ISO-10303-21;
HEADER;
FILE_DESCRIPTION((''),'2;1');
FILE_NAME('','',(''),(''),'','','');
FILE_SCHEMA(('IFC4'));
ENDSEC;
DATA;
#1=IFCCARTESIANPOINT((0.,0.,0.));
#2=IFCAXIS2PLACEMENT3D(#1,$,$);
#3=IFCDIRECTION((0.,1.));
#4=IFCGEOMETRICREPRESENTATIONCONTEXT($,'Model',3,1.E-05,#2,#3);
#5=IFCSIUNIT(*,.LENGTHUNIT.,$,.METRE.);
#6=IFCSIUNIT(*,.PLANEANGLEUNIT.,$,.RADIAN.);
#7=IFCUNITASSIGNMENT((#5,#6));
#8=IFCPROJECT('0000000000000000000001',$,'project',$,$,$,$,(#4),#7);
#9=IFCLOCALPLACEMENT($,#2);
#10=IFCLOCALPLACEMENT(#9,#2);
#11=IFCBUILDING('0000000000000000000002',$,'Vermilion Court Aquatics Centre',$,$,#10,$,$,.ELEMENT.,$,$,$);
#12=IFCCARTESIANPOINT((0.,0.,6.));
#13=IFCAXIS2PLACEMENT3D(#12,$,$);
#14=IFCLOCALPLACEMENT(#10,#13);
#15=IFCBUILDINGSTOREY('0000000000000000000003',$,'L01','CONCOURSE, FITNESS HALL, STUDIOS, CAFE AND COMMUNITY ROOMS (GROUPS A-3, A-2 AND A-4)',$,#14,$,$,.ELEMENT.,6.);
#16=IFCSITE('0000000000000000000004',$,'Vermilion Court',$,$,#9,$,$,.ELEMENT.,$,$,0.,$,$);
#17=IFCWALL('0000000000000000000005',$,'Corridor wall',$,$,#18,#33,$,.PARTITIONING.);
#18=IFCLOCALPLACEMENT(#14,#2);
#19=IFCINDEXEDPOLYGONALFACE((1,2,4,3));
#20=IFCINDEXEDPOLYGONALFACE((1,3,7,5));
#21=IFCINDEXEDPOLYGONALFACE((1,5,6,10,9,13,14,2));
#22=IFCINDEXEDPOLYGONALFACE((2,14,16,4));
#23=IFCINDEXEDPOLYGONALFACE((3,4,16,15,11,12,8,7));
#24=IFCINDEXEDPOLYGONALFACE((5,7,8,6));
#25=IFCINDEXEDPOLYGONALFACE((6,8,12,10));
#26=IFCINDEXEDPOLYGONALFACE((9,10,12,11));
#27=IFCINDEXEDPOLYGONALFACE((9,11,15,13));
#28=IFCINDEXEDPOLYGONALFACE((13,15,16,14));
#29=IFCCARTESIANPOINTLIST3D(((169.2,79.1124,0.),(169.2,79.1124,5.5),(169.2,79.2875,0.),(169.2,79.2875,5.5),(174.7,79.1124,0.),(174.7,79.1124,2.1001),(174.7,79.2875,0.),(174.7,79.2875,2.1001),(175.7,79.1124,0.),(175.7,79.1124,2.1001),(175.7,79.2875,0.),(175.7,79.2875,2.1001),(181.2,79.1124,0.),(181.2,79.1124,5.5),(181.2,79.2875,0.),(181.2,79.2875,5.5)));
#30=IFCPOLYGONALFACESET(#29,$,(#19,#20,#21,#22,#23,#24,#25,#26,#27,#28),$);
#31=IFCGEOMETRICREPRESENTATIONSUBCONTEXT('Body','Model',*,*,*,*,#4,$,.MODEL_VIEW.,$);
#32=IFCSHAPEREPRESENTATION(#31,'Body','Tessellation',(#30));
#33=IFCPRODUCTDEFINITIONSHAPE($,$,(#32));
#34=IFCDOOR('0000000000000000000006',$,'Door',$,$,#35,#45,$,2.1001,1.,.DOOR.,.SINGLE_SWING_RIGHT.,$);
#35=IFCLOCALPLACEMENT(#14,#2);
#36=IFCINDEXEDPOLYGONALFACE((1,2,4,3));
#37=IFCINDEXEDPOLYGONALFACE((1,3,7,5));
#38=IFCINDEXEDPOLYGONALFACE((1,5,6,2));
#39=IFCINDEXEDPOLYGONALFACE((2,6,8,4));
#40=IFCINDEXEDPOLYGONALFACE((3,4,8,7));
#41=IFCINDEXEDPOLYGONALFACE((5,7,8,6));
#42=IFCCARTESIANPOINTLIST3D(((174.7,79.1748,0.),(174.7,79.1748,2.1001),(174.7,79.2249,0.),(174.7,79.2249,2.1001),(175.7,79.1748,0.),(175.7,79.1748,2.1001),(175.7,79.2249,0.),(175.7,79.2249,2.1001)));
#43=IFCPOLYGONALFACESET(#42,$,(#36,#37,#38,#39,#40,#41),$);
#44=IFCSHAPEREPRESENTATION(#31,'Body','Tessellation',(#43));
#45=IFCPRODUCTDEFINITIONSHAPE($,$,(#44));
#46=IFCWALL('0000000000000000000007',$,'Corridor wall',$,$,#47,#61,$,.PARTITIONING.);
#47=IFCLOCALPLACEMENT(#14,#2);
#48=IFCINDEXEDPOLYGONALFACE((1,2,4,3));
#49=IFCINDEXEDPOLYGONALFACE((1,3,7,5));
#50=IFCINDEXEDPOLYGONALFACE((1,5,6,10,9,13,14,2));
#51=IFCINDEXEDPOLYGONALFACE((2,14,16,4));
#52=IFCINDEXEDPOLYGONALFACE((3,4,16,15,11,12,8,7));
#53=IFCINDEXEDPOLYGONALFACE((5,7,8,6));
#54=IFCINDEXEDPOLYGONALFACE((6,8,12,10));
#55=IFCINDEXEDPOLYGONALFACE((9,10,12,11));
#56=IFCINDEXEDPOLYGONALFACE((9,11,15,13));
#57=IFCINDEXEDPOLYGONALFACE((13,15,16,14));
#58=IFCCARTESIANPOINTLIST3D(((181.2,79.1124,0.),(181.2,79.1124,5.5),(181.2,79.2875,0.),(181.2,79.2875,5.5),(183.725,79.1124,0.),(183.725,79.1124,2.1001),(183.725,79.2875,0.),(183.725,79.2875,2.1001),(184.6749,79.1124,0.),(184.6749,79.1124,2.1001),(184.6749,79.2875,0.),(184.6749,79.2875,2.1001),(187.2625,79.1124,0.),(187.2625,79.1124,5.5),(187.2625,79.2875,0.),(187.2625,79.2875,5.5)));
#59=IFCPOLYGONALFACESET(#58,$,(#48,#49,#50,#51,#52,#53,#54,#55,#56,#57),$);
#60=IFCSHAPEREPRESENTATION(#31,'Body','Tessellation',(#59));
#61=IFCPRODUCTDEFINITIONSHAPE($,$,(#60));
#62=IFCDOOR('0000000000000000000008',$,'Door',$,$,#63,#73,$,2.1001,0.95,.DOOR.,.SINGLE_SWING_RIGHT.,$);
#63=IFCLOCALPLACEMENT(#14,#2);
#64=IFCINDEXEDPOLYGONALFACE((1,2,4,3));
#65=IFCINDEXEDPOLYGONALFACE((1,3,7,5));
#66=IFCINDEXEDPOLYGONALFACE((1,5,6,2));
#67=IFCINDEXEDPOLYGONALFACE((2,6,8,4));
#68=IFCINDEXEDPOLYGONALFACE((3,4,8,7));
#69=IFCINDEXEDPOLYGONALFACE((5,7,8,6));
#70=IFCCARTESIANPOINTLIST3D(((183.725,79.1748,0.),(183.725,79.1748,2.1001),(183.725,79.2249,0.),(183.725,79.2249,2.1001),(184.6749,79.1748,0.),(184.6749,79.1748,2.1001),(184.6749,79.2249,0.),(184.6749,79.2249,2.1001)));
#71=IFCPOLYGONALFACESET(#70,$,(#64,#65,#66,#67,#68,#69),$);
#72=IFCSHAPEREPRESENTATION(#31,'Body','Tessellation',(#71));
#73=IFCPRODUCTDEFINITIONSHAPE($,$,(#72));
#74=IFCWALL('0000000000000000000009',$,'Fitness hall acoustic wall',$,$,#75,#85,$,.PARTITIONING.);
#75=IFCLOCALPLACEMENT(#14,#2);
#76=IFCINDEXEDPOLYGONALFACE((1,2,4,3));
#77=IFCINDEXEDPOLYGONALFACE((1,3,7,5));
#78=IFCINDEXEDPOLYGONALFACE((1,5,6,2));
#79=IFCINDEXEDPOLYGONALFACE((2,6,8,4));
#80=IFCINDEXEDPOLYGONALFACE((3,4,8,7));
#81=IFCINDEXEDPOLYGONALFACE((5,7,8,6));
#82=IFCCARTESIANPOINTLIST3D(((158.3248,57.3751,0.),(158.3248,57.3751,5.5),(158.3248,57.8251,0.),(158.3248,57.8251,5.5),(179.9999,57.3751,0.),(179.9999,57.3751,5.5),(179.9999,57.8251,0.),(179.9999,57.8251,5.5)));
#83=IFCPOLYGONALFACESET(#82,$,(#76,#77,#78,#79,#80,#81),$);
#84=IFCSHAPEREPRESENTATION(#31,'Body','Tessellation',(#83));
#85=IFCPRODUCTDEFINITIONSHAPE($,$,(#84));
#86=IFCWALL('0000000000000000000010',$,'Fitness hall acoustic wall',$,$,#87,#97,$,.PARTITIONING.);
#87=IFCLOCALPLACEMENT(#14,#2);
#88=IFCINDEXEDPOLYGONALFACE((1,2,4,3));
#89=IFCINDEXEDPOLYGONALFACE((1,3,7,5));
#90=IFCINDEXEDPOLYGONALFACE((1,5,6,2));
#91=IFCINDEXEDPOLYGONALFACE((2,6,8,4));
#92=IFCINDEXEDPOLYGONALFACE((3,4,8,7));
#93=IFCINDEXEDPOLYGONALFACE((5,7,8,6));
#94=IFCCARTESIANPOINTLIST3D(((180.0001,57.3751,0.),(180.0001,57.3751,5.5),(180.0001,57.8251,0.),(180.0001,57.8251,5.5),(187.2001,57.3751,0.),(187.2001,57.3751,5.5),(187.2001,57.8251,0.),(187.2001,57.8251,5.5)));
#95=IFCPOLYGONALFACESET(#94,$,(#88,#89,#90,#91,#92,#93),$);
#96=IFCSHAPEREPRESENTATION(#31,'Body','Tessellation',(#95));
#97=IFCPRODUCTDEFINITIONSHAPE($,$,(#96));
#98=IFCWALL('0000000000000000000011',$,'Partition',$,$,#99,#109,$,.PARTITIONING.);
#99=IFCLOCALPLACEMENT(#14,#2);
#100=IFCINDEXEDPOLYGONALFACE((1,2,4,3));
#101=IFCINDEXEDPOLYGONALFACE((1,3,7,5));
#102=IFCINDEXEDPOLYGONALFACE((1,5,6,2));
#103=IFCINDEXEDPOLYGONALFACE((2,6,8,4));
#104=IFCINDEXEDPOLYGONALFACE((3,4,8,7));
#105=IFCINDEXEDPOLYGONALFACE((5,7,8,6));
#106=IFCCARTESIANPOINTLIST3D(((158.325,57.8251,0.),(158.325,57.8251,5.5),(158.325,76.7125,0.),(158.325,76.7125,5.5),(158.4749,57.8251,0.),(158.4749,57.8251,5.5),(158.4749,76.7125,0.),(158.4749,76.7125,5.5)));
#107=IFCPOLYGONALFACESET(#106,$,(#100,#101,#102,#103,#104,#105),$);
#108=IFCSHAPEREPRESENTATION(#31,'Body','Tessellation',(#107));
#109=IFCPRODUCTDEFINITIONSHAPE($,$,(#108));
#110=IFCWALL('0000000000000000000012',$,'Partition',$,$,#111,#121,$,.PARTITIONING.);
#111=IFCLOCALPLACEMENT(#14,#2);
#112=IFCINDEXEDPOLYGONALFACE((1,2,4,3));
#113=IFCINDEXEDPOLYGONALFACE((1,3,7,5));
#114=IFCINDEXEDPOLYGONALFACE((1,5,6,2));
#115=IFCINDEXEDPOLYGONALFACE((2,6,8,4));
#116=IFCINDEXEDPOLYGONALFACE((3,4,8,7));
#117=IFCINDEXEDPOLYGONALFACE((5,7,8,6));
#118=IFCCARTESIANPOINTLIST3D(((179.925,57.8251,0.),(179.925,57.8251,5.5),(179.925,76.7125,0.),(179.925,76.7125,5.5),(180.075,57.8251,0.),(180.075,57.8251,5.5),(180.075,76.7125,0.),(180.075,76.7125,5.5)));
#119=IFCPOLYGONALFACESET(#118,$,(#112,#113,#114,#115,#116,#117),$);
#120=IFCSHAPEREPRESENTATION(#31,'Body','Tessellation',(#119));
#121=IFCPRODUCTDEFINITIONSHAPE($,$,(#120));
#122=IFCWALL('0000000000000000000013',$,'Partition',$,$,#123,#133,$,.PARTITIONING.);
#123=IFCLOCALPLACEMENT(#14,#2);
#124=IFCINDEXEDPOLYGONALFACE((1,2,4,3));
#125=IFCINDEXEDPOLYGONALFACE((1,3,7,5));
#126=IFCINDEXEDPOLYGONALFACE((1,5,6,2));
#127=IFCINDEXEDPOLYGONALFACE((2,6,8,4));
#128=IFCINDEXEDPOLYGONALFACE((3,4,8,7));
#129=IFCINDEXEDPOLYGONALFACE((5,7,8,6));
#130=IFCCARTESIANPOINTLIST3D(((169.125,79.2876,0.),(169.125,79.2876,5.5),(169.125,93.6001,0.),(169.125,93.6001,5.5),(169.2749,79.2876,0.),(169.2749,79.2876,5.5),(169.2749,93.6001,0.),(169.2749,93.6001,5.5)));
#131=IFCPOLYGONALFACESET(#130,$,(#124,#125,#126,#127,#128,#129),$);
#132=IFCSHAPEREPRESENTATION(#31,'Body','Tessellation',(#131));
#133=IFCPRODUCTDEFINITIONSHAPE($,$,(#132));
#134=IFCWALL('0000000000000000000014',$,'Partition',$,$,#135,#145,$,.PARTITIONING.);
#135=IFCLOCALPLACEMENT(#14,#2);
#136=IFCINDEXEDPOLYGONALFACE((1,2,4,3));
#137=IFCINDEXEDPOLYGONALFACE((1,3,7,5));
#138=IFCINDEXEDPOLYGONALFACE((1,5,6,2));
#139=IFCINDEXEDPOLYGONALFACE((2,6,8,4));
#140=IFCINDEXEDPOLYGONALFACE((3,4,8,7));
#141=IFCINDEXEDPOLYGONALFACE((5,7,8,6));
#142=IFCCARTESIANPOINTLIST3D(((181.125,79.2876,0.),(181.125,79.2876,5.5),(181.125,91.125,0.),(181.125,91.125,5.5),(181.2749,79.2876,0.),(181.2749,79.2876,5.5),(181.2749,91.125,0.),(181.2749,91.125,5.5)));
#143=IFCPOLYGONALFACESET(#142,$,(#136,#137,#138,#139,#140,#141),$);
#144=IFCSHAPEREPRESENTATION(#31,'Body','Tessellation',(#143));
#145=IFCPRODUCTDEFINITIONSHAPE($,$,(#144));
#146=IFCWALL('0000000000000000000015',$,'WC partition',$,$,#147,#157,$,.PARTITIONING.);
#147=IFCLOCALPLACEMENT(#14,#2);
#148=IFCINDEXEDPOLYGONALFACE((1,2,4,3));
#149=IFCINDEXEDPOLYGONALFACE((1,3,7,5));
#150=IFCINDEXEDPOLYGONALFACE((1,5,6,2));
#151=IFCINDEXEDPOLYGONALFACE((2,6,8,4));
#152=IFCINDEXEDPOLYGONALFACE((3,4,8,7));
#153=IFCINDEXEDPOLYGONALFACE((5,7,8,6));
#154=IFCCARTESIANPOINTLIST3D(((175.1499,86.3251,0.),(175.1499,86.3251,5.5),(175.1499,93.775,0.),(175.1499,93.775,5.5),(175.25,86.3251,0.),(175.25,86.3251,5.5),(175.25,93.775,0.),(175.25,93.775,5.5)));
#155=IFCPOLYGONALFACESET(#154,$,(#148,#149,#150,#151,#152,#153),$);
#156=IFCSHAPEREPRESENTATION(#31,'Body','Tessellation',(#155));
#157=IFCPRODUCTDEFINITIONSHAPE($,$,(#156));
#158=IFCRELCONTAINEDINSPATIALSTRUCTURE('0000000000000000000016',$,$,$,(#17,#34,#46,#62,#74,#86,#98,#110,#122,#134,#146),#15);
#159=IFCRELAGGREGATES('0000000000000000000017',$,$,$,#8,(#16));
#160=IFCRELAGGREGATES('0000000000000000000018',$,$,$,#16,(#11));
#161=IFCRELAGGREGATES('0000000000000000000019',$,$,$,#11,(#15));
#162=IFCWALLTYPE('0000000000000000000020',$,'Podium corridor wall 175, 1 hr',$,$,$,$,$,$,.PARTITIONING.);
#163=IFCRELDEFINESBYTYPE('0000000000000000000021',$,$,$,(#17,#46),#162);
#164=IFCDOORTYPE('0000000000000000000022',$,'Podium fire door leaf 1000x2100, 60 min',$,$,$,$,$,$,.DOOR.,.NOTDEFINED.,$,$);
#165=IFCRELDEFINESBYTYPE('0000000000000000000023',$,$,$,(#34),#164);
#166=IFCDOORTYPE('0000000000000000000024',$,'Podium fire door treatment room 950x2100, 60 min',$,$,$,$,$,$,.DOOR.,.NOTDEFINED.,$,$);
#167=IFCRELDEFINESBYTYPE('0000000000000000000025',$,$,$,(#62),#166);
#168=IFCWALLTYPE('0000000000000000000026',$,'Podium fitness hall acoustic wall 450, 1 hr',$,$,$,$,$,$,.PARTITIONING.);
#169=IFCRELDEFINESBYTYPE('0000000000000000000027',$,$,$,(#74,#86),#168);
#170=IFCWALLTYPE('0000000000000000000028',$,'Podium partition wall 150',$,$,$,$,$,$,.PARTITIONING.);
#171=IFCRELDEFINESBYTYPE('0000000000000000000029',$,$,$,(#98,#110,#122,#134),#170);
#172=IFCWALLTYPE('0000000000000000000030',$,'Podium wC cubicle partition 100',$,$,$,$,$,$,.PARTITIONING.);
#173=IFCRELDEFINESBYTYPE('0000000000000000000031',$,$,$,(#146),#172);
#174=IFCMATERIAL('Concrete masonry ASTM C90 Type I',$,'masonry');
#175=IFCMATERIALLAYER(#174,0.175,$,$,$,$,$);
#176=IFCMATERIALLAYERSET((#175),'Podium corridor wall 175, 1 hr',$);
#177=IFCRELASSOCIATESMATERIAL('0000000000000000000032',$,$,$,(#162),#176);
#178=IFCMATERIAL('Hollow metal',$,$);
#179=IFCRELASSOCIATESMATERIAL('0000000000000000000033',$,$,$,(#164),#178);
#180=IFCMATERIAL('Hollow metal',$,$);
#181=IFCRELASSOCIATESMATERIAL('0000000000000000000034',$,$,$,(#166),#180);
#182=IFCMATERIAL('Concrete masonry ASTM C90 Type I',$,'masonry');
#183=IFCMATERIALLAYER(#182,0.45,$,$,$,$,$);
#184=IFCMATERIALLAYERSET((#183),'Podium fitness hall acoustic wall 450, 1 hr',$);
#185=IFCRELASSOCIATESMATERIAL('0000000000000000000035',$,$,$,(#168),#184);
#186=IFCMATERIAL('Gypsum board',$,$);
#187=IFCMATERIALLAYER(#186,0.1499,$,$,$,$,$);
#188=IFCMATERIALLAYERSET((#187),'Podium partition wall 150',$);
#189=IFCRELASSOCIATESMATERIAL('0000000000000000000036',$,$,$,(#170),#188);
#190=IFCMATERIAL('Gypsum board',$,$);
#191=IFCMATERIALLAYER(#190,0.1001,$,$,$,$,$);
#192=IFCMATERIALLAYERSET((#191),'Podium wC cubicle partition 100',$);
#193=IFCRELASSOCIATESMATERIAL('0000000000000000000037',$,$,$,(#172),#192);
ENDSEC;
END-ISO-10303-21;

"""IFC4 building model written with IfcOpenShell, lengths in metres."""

from ifc_helpers import new_model, si_unit, direction, frame, frame_2d, origin, place, context, subcontext, project, spatial, rectangle, extrude, material, layer, layer_set, type_object, element, fill, save


model = new_model("IFC4")

# Units and contexts
model_context = context("Model", 3, precision=1e-05, world=origin(), true_north=direction((0.0, 1.0)))
body_context = subcontext(model_context, "Body", "Model", "MODEL_VIEW")
ifc_project = project(units=[si_unit("LENGTHUNIT", "METRE"), si_unit("PLANEANGLEUNIT", "RADIAN")], contexts=[model_context])

# Site, building, storey
site_placement = place(None, origin())
site = spatial("IfcSite", under=ifc_project, at=site_placement, Name="Vermilion Court", CompositionType="ELEMENT", RefElevation=0.0)
building_placement = place(site_placement, origin())
building = spatial("IfcBuilding", under=site, at=building_placement, Name="Vermilion Court Aquatics Centre", CompositionType="ELEMENT")
storey_placement = place(building_placement, frame((0.0, 0.0, 6.0)))
storey = spatial("IfcBuildingStorey", under=building, at=storey_placement, Name="L01", Description="CONCOURSE, FITNESS HALL, STUDIOS, CAFE AND COMMUNITY ROOMS (GROUPS A-3, A-2 AND A-4)", CompositionType="ELEMENT", Elevation=6.0)

# Walls, openings, doors
ifc_material_1 = material(Name="Concrete masonry ASTM C90 Type I", Category="masonry")
ifc_layer_1 = layer(ifc_material_1, 0.175)
ifc_layer_set_1 = layer_set([ifc_layer_1], Name="Podium corridor wall 175, 1 hr")
wall_type_1 = type_object("IfcWallType", Name="Podium corridor wall 175, 1 hr", PredefinedType="PARTITIONING", material=ifc_layer_set_1)
ifc_material_2 = material(Name="Hollow metal")
door_type_1 = type_object("IfcDoorType", Name="Podium fire door leaf 1000x2100, 60 min", OperationType="NOTDEFINED", PredefinedType="DOOR", material=ifc_material_2)
wall_1_placement = place(storey_placement, frame((169.2, 79.2, 0.0), z_axis=(0.0, 0.0, 1.0), x_axis=(1.0, 0.0, 0.0)))
wall_1 = element("IfcWall", 1, at=wall_1_placement, inside=storey, type_object=wall_type_1, Name="Corridor wall", PredefinedType="PARTITIONING", context=body_context, shape_type="SweptSolid", body=[
    extrude(rectangle(XDim=12.0, YDim=0.175, at=frame_2d((6.0, 0.0))), origin(), (0.0, 0.0, 1.0), 5.5),
])
opening_1_placement = place(wall_1_placement, frame((5.5, 0.0, 0.0)))
opening_1 = element("IfcOpeningElement", 2, at=opening_1_placement, cuts=wall_1, PredefinedType="OPENING", context=body_context, shape_type="SweptSolid", body=[
    extrude(rectangle(XDim=1.0, YDim=2.1001, at=frame_2d((0.5, 1.05))), frame((0.0, 0.0974, 0.0), z_axis=(0.0, -1.0, 0.0), x_axis=(1.0, 0.0, 0.0)), (0.0, 0.0, 1.0), 0.1951),
])
door_1_placement = place(opening_1_placement, origin())
door_1 = element("IfcDoor", 3, at=door_1_placement, inside=storey, type_object=door_type_1, Name="Door", OperationType="SINGLE_SWING_RIGHT", OverallHeight=2.1001, OverallWidth=1.0, PredefinedType="DOOR", context=body_context, shape_type="SweptSolid", body=[
    extrude(rectangle(XDim=1.0, YDim=2.1001, at=frame_2d((0.5, 1.05))), frame((0.0, 0.0249, 0.0), z_axis=(0.0, -1.0, 0.0), x_axis=(1.0, 0.0, 0.0)), (0.0, 0.0, 1.0), 0.05),
])
fill(opening_1, door_1)
wall_2_placement = place(storey_placement, frame((181.2, 79.2, 0.0), z_axis=(0.0, 0.0, 1.0), x_axis=(1.0, 0.0, 0.0)))
wall_2 = element("IfcWall", 4, at=wall_2_placement, inside=storey, type_object=wall_type_1, Name="Corridor wall", PredefinedType="PARTITIONING", context=body_context, shape_type="SweptSolid", body=[
    extrude(rectangle(XDim=6.0625, YDim=0.175, at=frame_2d((3.0312, 0.0))), origin(), (0.0, 0.0, 1.0), 5.5),
])
opening_2_placement = place(wall_2_placement, frame((2.5249, 0.0, 0.0)))
opening_2 = element("IfcOpeningElement", 5, at=opening_2_placement, cuts=wall_2, PredefinedType="OPENING", context=body_context, shape_type="SweptSolid", body=[
    extrude(rectangle(XDim=0.95, YDim=2.1001, at=frame_2d((0.4751, 1.05))), frame((0.0, 0.0974, 0.0), z_axis=(0.0, -1.0, 0.0), x_axis=(1.0, 0.0, 0.0)), (0.0, 0.0, 1.0), 0.1951),
])
ifc_material_3 = material(Name="Hollow metal")
door_type_2 = type_object("IfcDoorType", Name="Podium fire door treatment room 950x2100, 60 min", OperationType="NOTDEFINED", PredefinedType="DOOR", material=ifc_material_3)
door_2_placement = place(opening_2_placement, origin())
door_2 = element("IfcDoor", 6, at=door_2_placement, inside=storey, type_object=door_type_2, Name="Door", OperationType="SINGLE_SWING_RIGHT", OverallHeight=2.1001, OverallWidth=0.95, PredefinedType="DOOR", context=body_context, shape_type="SweptSolid", body=[
    extrude(rectangle(XDim=0.95, YDim=2.1001, at=frame_2d((0.4751, 1.05))), frame((0.0, 0.0249, 0.0), z_axis=(0.0, -1.0, 0.0), x_axis=(1.0, 0.0, 0.0)), (0.0, 0.0, 1.0), 0.05),
])
fill(opening_2, door_2)

# Walls
ifc_material_4 = material(Name="Concrete masonry ASTM C90 Type I", Category="masonry")
ifc_layer_2 = layer(ifc_material_4, 0.45)
ifc_layer_set_2 = layer_set([ifc_layer_2], Name="Podium fitness hall acoustic wall 450, 1 hr")
wall_type_2 = type_object("IfcWallType", Name="Podium fitness hall acoustic wall 450, 1 hr", PredefinedType="PARTITIONING", material=ifc_layer_set_2)
wall_3_placement = place(storey_placement, frame((158.325, 57.6001, 0.0), z_axis=(0.0, 0.0, 1.0), x_axis=(1.0, 0.0, 0.0)))
element("IfcWall", 7, at=wall_3_placement, inside=storey, type_object=wall_type_2, Name="Fitness hall acoustic wall", PredefinedType="PARTITIONING", context=body_context, shape_type="SweptSolid", body=[
    extrude(rectangle(XDim=21.675, YDim=0.45, at=frame_2d((10.8374, 0.0))), origin(), (0.0, 0.0, 1.0), 5.5),
])
wall_4_placement = place(storey_placement, frame((180.0, 57.6001, 0.0), z_axis=(0.0, 0.0, 1.0), x_axis=(1.0, 0.0, 0.0)))
element("IfcWall", 8, at=wall_4_placement, inside=storey, type_object=wall_type_2, Name="Fitness hall acoustic wall", PredefinedType="PARTITIONING", context=body_context, shape_type="SweptSolid", body=[
    extrude(rectangle(XDim=7.2, YDim=0.45, at=frame_2d((3.6001, 0.0))), origin(), (0.0, 0.0, 1.0), 5.5),
])
ifc_material_5 = material(Name="Gypsum board")
ifc_layer_3 = layer(ifc_material_5, 0.1499)
ifc_layer_set_3 = layer_set([ifc_layer_3], Name="Podium partition wall 150")
wall_type_3 = type_object("IfcWallType", Name="Podium partition wall 150", PredefinedType="PARTITIONING", material=ifc_layer_set_3)
for number, where, z_axis, x_axis, name in (
    (9, (158.3999, 57.825, 0.0), (0.0, 0.0, 1.0), (0.0, 1.0, 0.0), "Partition"),
    (10, (180.0, 57.825, 0.0), (0.0, 0.0, 1.0), (0.0, 1.0, 0.0), "Partition"),
):
    element("IfcWall", number, at=place(storey_placement, frame(where, z_axis=z_axis, x_axis=x_axis)), inside=storey, type_object=wall_type_3, Name=name, PredefinedType="PARTITIONING", context=body_context, shape_type="SweptSolid", body=[
        extrude(rectangle(XDim=18.8875, YDim=0.1499, at=frame_2d((9.4438, 0.0))), origin(), (0.0, 0.0, 1.0), 5.5),
    ])
wall_5_placement = place(storey_placement, frame((169.2, 79.2876, 0.0), z_axis=(0.0, 0.0, 1.0), x_axis=(0.0, 1.0, 0.0)))
element("IfcWall", 11, at=wall_5_placement, inside=storey, type_object=wall_type_3, Name="Partition", PredefinedType="PARTITIONING", context=body_context, shape_type="SweptSolid", body=[
    extrude(rectangle(XDim=14.3125, YDim=0.1499, at=frame_2d((7.1562, 0.0))), origin(), (0.0, 0.0, 1.0), 5.5),
])
wall_6_placement = place(storey_placement, frame((181.2, 79.2876, 0.0), z_axis=(0.0, 0.0, 1.0), x_axis=(0.0, 1.0, 0.0)))
element("IfcWall", 12, at=wall_6_placement, inside=storey, type_object=wall_type_3, Name="Partition", PredefinedType="PARTITIONING", context=body_context, shape_type="SweptSolid", body=[
    extrude(rectangle(XDim=11.8374, YDim=0.1499, at=frame_2d((5.9187, 0.0))), origin(), (0.0, 0.0, 1.0), 5.5),
])
ifc_material_6 = material(Name="Gypsum board")
ifc_layer_4 = layer(ifc_material_6, 0.1001)
ifc_layer_set_4 = layer_set([ifc_layer_4], Name="Podium wC cubicle partition 100")
wall_type_4 = type_object("IfcWallType", Name="Podium wC cubicle partition 100", PredefinedType="PARTITIONING", material=ifc_layer_set_4)
wall_7_placement = place(storey_placement, frame((175.2, 86.325, 0.0), z_axis=(0.0, 0.0, 1.0), x_axis=(0.0, 1.0, 0.0)))
element("IfcWall", 13, at=wall_7_placement, inside=storey, type_object=wall_type_4, Name="WC partition", PredefinedType="PARTITIONING", context=body_context, shape_type="SweptSolid", body=[
    extrude(rectangle(XDim=7.45, YDim=0.1001, at=frame_2d((3.7251, 0.0))), origin(), (0.0, 0.0, 1.0), 5.5),
])

save(model, "model.ifc")
